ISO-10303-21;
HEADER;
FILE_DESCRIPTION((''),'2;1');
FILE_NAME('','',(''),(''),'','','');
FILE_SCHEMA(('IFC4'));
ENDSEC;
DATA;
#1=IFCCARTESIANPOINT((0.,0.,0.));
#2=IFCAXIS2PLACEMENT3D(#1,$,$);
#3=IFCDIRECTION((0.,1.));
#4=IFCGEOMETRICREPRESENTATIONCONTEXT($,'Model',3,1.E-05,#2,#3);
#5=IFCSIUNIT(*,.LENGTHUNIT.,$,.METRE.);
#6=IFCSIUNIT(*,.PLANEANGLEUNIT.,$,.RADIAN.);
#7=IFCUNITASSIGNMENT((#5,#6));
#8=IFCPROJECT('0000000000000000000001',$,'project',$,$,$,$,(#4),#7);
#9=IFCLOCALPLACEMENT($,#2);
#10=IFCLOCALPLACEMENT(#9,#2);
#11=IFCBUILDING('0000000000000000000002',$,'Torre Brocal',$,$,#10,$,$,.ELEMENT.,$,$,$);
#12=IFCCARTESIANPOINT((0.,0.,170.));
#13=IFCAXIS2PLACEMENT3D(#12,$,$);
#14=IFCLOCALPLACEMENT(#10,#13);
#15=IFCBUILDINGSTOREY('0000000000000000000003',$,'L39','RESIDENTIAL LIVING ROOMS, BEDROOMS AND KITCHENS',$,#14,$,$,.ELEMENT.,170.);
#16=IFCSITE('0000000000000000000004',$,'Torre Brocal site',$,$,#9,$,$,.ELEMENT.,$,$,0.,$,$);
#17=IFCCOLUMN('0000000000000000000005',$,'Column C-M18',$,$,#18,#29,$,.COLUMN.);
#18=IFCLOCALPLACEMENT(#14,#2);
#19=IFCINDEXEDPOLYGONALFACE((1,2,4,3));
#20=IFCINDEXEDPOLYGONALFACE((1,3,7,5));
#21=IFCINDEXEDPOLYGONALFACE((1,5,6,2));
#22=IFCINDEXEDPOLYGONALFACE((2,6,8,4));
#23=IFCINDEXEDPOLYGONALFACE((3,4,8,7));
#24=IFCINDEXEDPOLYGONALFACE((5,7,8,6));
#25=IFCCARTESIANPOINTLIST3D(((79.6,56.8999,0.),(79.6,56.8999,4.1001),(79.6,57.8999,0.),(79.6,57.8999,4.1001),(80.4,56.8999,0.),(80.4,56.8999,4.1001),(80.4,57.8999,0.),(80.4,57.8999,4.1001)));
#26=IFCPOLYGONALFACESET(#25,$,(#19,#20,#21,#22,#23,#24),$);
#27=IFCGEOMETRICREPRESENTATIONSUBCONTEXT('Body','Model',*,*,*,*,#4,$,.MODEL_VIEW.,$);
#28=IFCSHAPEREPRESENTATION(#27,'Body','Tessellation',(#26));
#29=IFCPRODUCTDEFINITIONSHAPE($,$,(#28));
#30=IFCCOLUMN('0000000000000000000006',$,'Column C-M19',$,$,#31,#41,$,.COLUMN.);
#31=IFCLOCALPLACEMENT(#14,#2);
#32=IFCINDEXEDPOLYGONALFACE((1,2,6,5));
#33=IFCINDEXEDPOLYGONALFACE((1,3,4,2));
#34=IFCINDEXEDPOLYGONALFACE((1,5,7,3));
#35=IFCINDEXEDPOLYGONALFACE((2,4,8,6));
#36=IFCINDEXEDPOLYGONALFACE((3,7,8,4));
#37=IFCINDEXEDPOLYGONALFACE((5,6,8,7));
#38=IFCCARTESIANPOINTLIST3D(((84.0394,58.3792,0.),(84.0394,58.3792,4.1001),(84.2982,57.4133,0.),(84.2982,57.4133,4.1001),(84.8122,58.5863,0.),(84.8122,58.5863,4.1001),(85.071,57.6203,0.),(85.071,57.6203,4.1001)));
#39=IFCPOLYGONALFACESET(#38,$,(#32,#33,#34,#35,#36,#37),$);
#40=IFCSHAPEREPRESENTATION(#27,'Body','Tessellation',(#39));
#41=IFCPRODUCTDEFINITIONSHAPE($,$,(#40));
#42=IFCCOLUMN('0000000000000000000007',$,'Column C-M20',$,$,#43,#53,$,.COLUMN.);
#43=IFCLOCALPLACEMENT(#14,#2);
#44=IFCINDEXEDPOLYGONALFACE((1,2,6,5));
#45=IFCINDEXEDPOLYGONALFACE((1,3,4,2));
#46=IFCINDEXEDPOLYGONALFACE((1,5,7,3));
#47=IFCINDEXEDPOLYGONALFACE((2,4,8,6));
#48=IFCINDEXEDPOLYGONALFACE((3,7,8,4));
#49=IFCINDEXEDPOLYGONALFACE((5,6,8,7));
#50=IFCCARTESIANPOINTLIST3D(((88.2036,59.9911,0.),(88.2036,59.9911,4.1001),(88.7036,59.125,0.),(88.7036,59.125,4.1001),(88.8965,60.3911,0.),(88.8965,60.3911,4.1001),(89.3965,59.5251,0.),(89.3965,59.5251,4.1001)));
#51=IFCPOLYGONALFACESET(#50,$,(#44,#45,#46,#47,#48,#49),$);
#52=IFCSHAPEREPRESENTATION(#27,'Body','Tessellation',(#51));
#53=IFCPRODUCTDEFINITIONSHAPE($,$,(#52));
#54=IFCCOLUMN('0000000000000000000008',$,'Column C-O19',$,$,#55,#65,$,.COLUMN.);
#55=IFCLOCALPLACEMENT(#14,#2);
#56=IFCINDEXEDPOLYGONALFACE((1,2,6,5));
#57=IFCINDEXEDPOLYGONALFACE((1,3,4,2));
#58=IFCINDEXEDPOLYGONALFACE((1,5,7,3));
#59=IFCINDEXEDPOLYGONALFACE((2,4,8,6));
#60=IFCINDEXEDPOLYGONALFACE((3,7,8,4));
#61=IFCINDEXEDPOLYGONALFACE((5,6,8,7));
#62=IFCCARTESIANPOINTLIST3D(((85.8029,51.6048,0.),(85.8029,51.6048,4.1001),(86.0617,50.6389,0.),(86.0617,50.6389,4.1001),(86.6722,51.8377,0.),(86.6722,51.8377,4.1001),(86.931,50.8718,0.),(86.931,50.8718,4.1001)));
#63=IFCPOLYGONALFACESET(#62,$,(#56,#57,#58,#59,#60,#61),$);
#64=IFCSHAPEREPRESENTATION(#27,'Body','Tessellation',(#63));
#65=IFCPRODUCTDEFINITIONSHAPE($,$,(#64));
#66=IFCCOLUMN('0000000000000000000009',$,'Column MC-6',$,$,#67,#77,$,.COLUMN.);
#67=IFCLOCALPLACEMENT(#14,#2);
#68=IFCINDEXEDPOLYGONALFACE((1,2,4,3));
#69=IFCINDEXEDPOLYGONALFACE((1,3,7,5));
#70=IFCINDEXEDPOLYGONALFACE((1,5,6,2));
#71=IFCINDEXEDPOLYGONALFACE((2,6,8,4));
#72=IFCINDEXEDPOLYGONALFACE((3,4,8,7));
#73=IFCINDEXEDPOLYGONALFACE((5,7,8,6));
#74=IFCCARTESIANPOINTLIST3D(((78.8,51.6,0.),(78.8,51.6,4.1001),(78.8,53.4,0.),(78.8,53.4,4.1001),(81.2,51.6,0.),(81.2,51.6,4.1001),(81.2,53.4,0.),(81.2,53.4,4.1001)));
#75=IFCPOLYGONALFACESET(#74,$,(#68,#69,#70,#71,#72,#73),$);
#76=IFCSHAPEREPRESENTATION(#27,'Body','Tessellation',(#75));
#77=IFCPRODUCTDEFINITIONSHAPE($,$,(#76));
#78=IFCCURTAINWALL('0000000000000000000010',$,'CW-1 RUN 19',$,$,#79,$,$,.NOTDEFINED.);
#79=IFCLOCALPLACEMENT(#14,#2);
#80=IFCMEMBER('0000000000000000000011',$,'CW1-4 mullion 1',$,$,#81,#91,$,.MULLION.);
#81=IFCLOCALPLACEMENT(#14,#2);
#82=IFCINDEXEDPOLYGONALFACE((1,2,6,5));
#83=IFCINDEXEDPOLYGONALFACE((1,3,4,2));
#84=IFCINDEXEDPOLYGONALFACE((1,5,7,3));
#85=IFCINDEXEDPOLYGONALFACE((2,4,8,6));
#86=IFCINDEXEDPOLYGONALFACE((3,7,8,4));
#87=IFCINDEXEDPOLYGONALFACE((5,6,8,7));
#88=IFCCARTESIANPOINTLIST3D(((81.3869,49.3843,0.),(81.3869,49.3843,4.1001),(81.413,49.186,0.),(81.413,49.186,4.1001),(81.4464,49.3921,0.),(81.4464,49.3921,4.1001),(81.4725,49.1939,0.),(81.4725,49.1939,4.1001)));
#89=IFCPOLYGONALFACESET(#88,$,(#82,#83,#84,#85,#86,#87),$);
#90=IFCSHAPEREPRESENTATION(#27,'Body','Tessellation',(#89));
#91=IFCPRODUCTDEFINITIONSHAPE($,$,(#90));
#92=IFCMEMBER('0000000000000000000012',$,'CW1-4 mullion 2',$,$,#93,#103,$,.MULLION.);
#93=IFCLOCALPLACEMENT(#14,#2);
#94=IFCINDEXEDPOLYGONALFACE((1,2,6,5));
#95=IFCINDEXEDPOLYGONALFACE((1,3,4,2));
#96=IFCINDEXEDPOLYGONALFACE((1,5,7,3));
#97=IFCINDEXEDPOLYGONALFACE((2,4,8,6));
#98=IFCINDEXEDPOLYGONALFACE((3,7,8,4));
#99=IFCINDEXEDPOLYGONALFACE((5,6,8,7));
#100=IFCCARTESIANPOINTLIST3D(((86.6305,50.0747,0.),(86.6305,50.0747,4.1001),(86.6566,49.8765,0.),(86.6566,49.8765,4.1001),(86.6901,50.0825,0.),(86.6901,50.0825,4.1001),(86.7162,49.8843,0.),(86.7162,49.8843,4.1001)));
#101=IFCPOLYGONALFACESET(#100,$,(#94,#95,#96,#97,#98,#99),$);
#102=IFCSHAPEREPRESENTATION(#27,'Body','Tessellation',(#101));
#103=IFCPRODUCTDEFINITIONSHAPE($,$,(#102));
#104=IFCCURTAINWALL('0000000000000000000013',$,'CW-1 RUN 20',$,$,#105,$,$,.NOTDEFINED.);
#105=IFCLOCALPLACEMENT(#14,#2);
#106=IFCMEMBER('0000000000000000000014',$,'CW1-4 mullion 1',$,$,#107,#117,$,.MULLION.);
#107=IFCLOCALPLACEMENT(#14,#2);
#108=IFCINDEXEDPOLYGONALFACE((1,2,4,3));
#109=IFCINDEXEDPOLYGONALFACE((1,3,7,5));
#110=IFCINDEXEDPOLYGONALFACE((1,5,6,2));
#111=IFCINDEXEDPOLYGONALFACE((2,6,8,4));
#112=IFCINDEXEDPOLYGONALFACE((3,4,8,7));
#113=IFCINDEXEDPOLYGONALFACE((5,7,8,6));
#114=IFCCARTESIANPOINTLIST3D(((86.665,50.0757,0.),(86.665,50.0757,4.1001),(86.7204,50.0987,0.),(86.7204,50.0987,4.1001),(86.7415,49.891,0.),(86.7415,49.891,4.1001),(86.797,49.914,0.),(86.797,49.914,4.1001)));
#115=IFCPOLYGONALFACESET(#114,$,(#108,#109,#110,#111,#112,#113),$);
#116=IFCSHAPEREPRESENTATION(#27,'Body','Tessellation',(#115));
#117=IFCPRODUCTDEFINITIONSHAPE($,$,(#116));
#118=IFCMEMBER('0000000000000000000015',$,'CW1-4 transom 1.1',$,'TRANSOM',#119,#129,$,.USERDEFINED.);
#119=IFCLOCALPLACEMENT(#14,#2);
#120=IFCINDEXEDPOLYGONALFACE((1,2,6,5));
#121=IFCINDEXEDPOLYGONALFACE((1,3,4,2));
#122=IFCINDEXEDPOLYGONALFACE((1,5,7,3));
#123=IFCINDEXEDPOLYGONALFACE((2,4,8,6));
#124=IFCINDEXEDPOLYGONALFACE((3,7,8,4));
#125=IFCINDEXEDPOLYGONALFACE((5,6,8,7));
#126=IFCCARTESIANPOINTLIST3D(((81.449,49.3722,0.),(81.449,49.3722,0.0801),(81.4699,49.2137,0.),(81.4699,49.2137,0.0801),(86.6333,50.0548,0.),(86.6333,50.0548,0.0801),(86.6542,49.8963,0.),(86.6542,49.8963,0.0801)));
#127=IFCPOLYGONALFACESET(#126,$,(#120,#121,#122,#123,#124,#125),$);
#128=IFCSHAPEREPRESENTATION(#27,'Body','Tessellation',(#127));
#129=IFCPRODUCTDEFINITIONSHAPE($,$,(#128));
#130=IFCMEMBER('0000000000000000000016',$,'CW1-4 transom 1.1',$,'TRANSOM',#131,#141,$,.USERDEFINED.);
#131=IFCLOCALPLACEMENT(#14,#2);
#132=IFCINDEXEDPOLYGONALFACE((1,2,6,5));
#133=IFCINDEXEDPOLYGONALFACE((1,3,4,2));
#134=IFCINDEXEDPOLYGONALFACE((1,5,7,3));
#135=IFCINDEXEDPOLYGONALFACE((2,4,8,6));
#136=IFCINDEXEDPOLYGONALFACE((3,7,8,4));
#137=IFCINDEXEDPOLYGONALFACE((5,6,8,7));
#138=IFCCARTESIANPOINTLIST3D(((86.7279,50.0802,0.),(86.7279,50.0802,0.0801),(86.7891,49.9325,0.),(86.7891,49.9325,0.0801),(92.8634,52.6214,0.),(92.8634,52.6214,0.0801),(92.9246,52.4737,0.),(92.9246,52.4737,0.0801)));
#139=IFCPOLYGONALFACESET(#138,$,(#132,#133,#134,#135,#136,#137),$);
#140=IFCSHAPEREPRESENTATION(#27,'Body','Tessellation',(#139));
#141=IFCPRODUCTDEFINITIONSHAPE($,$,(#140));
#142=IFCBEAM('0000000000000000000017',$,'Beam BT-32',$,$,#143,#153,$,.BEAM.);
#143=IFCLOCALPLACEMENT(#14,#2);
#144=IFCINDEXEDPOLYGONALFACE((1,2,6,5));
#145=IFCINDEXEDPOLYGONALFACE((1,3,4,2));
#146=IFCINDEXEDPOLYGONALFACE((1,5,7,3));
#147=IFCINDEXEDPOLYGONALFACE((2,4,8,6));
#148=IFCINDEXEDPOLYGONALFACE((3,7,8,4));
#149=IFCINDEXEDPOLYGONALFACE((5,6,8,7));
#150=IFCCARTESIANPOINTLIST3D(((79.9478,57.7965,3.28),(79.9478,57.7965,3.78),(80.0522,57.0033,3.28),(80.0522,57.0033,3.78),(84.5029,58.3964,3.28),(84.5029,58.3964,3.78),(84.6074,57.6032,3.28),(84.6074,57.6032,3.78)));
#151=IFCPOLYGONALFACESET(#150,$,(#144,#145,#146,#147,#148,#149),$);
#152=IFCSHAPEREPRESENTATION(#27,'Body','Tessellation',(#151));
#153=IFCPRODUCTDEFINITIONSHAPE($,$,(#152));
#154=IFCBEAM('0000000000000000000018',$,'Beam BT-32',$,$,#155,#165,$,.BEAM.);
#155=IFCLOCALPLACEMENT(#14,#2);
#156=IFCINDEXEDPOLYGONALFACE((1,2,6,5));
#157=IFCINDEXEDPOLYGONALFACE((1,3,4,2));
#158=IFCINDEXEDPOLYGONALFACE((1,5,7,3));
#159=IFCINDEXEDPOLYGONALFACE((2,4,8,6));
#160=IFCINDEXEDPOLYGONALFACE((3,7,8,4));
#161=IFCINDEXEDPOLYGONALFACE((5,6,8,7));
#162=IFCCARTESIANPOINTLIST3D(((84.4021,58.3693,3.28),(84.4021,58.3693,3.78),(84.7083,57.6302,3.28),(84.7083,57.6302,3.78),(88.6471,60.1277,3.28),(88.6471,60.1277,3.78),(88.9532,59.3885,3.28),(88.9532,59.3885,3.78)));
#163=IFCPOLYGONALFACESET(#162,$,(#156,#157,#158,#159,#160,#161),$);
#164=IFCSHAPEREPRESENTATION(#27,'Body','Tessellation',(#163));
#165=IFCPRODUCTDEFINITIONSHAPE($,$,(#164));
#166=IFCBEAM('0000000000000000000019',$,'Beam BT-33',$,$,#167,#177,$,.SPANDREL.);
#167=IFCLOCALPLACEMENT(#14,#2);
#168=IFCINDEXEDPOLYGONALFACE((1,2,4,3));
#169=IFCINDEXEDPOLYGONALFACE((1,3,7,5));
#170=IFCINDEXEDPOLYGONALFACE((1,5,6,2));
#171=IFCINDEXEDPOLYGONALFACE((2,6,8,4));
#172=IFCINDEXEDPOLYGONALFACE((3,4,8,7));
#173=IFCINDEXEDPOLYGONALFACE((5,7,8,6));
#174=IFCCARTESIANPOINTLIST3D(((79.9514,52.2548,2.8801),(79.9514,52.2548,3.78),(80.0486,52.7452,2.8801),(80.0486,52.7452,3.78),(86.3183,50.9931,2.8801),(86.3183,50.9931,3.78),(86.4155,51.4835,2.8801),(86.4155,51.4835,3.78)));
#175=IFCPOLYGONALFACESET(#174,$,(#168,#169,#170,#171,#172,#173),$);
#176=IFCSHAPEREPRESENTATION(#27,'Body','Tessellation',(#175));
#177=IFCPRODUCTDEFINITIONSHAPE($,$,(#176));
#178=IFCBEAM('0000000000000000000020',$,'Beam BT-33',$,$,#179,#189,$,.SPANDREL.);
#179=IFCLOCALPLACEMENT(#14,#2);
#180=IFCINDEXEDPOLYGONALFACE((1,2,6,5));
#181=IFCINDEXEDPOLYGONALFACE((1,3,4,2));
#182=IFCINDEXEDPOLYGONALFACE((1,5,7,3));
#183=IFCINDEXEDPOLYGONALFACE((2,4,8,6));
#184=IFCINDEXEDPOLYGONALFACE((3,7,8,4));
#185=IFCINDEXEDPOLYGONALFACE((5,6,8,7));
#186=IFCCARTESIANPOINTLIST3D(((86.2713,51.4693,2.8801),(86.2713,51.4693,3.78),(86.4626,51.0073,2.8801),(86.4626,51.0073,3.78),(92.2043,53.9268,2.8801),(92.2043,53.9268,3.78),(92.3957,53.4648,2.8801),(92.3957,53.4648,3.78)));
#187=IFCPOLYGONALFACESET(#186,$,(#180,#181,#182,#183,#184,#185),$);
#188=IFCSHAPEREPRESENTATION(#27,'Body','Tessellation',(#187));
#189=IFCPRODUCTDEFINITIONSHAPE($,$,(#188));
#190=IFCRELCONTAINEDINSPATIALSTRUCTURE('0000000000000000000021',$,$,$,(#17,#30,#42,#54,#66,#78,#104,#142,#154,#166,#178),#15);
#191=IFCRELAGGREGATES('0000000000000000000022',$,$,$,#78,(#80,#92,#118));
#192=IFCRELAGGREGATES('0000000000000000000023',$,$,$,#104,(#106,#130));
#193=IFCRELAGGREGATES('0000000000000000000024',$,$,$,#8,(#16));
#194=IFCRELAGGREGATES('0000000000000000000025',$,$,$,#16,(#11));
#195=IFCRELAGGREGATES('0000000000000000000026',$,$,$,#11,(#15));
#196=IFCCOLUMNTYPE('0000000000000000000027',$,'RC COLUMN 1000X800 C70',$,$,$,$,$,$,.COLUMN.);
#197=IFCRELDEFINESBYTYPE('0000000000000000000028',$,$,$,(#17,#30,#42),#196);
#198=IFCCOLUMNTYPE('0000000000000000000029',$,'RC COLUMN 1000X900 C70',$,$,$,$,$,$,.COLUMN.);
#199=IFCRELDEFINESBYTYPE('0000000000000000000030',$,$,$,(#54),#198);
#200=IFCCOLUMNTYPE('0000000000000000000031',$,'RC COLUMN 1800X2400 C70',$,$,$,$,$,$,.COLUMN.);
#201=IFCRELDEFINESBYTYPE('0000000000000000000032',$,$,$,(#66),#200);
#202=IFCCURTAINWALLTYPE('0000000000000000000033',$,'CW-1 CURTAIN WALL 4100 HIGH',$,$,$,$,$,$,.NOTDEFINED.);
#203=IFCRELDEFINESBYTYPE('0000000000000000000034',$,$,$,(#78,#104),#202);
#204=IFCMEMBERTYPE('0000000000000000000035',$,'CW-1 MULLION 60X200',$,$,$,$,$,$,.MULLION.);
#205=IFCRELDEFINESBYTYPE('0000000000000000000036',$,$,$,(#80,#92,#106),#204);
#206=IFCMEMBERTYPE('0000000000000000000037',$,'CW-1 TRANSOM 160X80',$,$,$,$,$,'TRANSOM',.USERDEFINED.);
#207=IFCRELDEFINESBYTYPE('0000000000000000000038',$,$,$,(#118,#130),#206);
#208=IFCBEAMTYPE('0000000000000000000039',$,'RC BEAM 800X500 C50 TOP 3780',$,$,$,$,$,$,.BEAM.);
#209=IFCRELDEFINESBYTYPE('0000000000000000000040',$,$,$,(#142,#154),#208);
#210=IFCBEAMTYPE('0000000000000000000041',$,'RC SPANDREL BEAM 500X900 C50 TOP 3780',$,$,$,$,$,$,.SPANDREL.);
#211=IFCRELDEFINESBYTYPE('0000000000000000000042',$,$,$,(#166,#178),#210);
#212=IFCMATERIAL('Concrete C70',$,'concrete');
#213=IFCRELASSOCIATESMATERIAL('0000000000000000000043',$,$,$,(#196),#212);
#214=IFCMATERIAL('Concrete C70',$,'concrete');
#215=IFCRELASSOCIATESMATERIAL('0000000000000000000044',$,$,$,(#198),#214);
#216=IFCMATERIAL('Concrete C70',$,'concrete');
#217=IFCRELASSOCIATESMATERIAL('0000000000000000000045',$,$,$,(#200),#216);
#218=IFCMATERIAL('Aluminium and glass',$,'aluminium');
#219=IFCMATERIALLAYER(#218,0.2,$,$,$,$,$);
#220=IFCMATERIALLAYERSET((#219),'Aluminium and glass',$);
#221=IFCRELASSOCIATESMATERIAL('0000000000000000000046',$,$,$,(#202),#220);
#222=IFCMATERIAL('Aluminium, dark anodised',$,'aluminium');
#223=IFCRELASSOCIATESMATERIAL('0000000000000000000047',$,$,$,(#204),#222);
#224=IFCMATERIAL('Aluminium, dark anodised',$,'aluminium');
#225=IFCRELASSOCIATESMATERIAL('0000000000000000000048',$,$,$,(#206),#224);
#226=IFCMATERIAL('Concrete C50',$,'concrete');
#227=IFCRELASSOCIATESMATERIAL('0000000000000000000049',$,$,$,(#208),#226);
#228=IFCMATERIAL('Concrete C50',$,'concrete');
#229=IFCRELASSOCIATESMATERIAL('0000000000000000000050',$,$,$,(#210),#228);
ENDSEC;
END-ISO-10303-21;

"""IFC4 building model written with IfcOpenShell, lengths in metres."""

from ifc_helpers import new_model, si_unit, direction, frame, origin, origin_2d, place, context, subcontext, project, spatial, rectangle, extrude, material, layer, layer_set, material_profile, profile_set, type_object, element, aggregate, save


model = new_model("IFC4")

# Units and contexts
model_context = context("Model", 3, precision=1e-05, world=origin(), true_north=direction((0.0, 1.0)))
body_context = subcontext(model_context, "Body", "Model", "MODEL_VIEW")
ifc_project = project(units=[si_unit("LENGTHUNIT", "METRE"), si_unit("PLANEANGLEUNIT", "RADIAN")], contexts=[model_context])

# Site, building, storey
site_placement = place(None, origin())
site = spatial("IfcSite", under=ifc_project, at=site_placement, Name="Torre Brocal site", CompositionType="ELEMENT", RefElevation=0.0)
building_placement = place(site_placement, origin())
building = spatial("IfcBuilding", under=site, at=building_placement, Name="Torre Brocal", CompositionType="ELEMENT")
storey_placement = place(building_placement, frame((0.0, 0.0, 170.0)))
storey = spatial("IfcBuildingStorey", under=building, at=storey_placement, Name="L39", Description="RESIDENTIAL LIVING ROOMS, BEDROOMS AND KITCHENS", CompositionType="ELEMENT", Elevation=170.0)

# Columns
ifc_material_1 = material(Name="Concrete C70", Category="concrete")
ifc_material_profile_1 = material_profile(ifc_material_1, rectangle(XDim=1.0, YDim=0.8, at=origin_2d()), Name="RC 1000X800")
ifc_profile_set_1 = profile_set([ifc_material_profile_1], Name="Concrete C70")
column_type_1 = type_object("IfcColumnType", Name="RC COLUMN 1000X800 C70", PredefinedType="COLUMN", material=ifc_profile_set_1)
for number, where, z_axis, x_axis, name in (
    (1, (80.0, 57.3999, 0.0), (0.0, 0.0, 1.0), (0.0, -1.0, 0.0), "Column C-M18"),
    (2, (84.5552, 57.9998, 0.0), (0.0, 0.0, 1.0), (0.258819, -0.965926, 0.0), "Column C-M19"),
    (3, (88.8, 59.7581, 0.0), (0.0, 0.0, 1.0), (0.5, -0.866025, 0.0), "Column C-M20"),
):
    element("IfcColumn", number, at=place(storey_placement, frame(where, z_axis=z_axis, x_axis=x_axis)), inside=storey, type_object=column_type_1, Name=name, PredefinedType="COLUMN", context=body_context, shape_type="SweptSolid", body=[
        extrude(rectangle(XDim=1.0, YDim=0.8, at=origin_2d()), origin(), (0.0, 0.0, 1.0), 4.1001),
    ])
ifc_material_2 = material(Name="Concrete C70", Category="concrete")
ifc_material_profile_2 = material_profile(ifc_material_2, rectangle(XDim=1.0, YDim=0.8999, at=origin_2d()), Name="RC 1000X900")
ifc_profile_set_2 = profile_set([ifc_material_profile_2], Name="Concrete C70")
column_type_2 = type_object("IfcColumnType", Name="RC COLUMN 1000X900 C70", PredefinedType="COLUMN", material=ifc_profile_set_2)
column_1_placement = place(storey_placement, frame((86.3669, 51.2383, 0.0), z_axis=(0.0, 0.0, 1.0), x_axis=(0.258819, -0.965926, 0.0)))
element("IfcColumn", 4, at=column_1_placement, inside=storey, type_object=column_type_2, Name="Column C-O19", PredefinedType="COLUMN", context=body_context, shape_type="SweptSolid", body=[
    extrude(rectangle(XDim=1.0, YDim=0.8999, at=origin_2d()), origin(), (0.0, 0.0, 1.0), 4.1001),
])
ifc_material_3 = material(Name="Concrete C70", Category="concrete")
ifc_material_profile_3 = material_profile(ifc_material_3, rectangle(XDim=1.8, YDim=2.3999, at=origin_2d()), Name="RC 1800X2400")
ifc_profile_set_3 = profile_set([ifc_material_profile_3], Name="Concrete C70")
column_type_3 = type_object("IfcColumnType", Name="RC COLUMN 1800X2400 C70", PredefinedType="COLUMN", material=ifc_profile_set_3)
column_2_placement = place(storey_placement, frame((80.0, 52.5, 0.0), z_axis=(0.0, 0.0, 1.0), x_axis=(0.0, -1.0, 0.0)))
element("IfcColumn", 5, at=column_2_placement, inside=storey, type_object=column_type_3, Name="Column MC-6", PredefinedType="COLUMN", context=body_context, shape_type="SweptSolid", body=[
    extrude(rectangle(XDim=1.8, YDim=2.3999, at=origin_2d()), origin(), (0.0, 0.0, 1.0), 4.1001),
])

# Curtain wall, members
ifc_material_4 = material(Name="Aluminium and glass", Category="aluminium")
ifc_layer_1 = layer(ifc_material_4, 0.2)
ifc_layer_set_1 = layer_set([ifc_layer_1], Name="Aluminium and glass")
curtain_wall_type = type_object("IfcCurtainWallType", Name="CW-1 CURTAIN WALL 4100 HIGH", PredefinedType="NOTDEFINED", material=ifc_layer_set_1)
curtain_wall_1_placement = place(storey_placement, origin())
curtain_wall_1 = element("IfcCurtainWall", 6, at=curtain_wall_1_placement, inside=storey, type_object=curtain_wall_type, Name="CW-1 RUN 19", PredefinedType="NOTDEFINED")
ifc_material_5 = material(Name="Aluminium, dark anodised", Category="aluminium")
ifc_material_profile_4 = material_profile(ifc_material_5, rectangle(XDim=0.2, YDim=0.0601, at=origin_2d()), Name="CW-1 MULLION 60X200")
ifc_profile_set_4 = profile_set([ifc_material_profile_4], Name="Aluminium, dark anodised")
member_type_1 = type_object("IfcMemberType", Name="CW-1 MULLION 60X200", PredefinedType="MULLION", material=ifc_profile_set_4)
member_1_placement = place(storey_placement, frame((81.4297, 49.2891, 0.0), z_axis=(0.0, 0.0, 1.0), x_axis=(-0.130526, 0.991445, 0.0)))
member_1 = element("IfcMember", 7, at=member_1_placement, type_object=member_type_1, Name="CW1-4 mullion 1", PredefinedType="MULLION", context=body_context, shape_type="SweptSolid", body=[
    extrude(rectangle(XDim=0.2, YDim=0.0601, at=origin_2d()), origin(), (0.0, 0.0, 1.0), 4.1001),
])
member_2_placement = place(storey_placement, frame((86.6733, 49.9795, 0.0), z_axis=(0.0, 0.0, 1.0), x_axis=(-0.130526, 0.991445, 0.0)))
member_2 = element("IfcMember", 8, at=member_2_placement, type_object=member_type_1, Name="CW1-4 mullion 2", PredefinedType="MULLION", context=body_context, shape_type="SweptSolid", body=[
    extrude(rectangle(XDim=0.2, YDim=0.0601, at=origin_2d()), origin(), (0.0, 0.0, 1.0), 4.1001),
])

# Curtain wall, member
curtain_wall_2_placement = place(storey_placement, origin())
curtain_wall_2 = element("IfcCurtainWall", 9, at=curtain_wall_2_placement, inside=storey, type_object=curtain_wall_type, Name="CW-1 RUN 20", PredefinedType="NOTDEFINED")
member_3_placement = place(storey_placement, frame((86.731, 49.9949, 0.0), z_axis=(0.0, 0.0, 1.0), x_axis=(-0.382683, 0.92388, 0.0)))
member_3 = element("IfcMember", 10, at=member_3_placement, type_object=member_type_1, Name="CW1-4 mullion 1", PredefinedType="MULLION", context=body_context, shape_type="SweptSolid", body=[
    extrude(rectangle(XDim=0.2, YDim=0.0601, at=origin_2d()), origin(), (0.0, 0.0, 1.0), 4.1001),
])

# Members
ifc_material_6 = material(Name="Aluminium, dark anodised", Category="aluminium")
ifc_material_profile_5 = material_profile(ifc_material_6, rectangle(XDim=0.1599, YDim=0.0801, at=origin_2d()), Name="CW-1 TRANSOM 160X80")
ifc_profile_set_5 = profile_set([ifc_material_profile_5], Name="Aluminium, dark anodised")
member_type_2 = type_object("IfcMemberType", Name="CW-1 TRANSOM 160X80", ElementType="TRANSOM", PredefinedType="USERDEFINED", material=ifc_profile_set_5)
member_4_placement = place(storey_placement, frame((81.4595, 49.293, 0.04), z_axis=(0.991443, 0.130543, 0.0), x_axis=(-0.130543, 0.991443, 0.0)))
member_4 = element("IfcMember", 11, at=member_4_placement, type_object=member_type_2, Name="CW1-4 transom 1.1", ObjectType="TRANSOM", PredefinedType="USERDEFINED", context=body_context, shape_type="SweptSolid", body=[
    extrude(rectangle(XDim=0.1599, YDim=0.0801, at=origin_2d()), origin(), (0.0, 0.0, 1.0), 5.229),
])
member_5_placement = place(storey_placement, frame((86.7585, 50.0063, 0.04), z_axis=(0.923887, 0.382665, 0.0), x_axis=(-0.382665, 0.923887, 0.0)))
member_5 = element("IfcMember", 12, at=member_5_placement, type_object=member_type_2, Name="CW1-4 transom 1.1", ObjectType="TRANSOM", PredefinedType="USERDEFINED", context=body_context, shape_type="SweptSolid", body=[
    extrude(rectangle(XDim=0.1599, YDim=0.0801, at=origin_2d()), origin(), (0.0, 0.0, 1.0), 6.6409),
])

# Beams
ifc_material_7 = material(Name="Concrete C50", Category="concrete")
ifc_material_profile_6 = material_profile(ifc_material_7, rectangle(XDim=0.8, YDim=0.5, at=origin_2d()), Name="RC 800X500")
ifc_profile_set_6 = profile_set([ifc_material_profile_6], Name="Concrete C50")
beam_type_1 = type_object("IfcBeamType", Name="RC BEAM 800X500 C50 TOP 3780", PredefinedType="BEAM", material=ifc_profile_set_6)
beam_1_placement = place(storey_placement, frame((80.0, 57.3999, 3.53), z_axis=(0.991441, 0.130559, 0.0), x_axis=(-0.130559, 0.991441, 0.0)))
element("IfcBeam", 13, at=beam_1_placement, inside=storey, type_object=beam_type_1, Name="Beam BT-32", PredefinedType="BEAM", context=body_context, shape_type="SweptSolid", body=[
    extrude(rectangle(XDim=0.8, YDim=0.5, at=origin_2d()), origin(), (0.0, 0.0, 1.0), 4.5945),
])
beam_2_placement = place(storey_placement, frame((84.5552, 57.9998, 3.53), z_axis=(0.923878, 0.382687, 0.0), x_axis=(-0.382687, 0.923878, 0.0)))
element("IfcBeam", 14, at=beam_2_placement, inside=storey, type_object=beam_type_1, Name="Beam BT-32", PredefinedType="BEAM", context=body_context, shape_type="SweptSolid", body=[
    extrude(rectangle(XDim=0.8, YDim=0.5, at=origin_2d()), origin(), (0.0, 0.0, 1.0), 4.5947),
])
ifc_material_8 = material(Name="Concrete C50", Category="concrete")
ifc_material_profile_7 = material_profile(ifc_material_8, rectangle(XDim=0.5, YDim=0.8999, at=origin_2d()), Name="RC 500X900")
ifc_profile_set_7 = profile_set([ifc_material_profile_7], Name="Concrete C50")
beam_type_2 = type_object("IfcBeamType", Name="RC SPANDREL BEAM 500X900 C50 TOP 3780", PredefinedType="SPANDREL", material=ifc_profile_set_7)
beam_3_placement = place(storey_placement, frame((80.0, 52.5, 3.3301), z_axis=(0.980925, -0.194387, 0.0), x_axis=(0.194387, 0.980925, 0.0)))
element("IfcBeam", 15, at=beam_3_placement, inside=storey, type_object=beam_type_2, Name="Beam BT-33", PredefinedType="SPANDREL", context=body_context, shape_type="SweptSolid", body=[
    extrude(rectangle(XDim=0.5, YDim=0.8999, at=origin_2d()), origin(), (0.0, 0.0, 1.0), 6.4907),
])
beam_4_placement = place(storey_placement, frame((86.3669, 51.2383, 3.3301), z_axis=(0.923882, 0.382676, 0.0), x_axis=(-0.382676, 0.923882, 0.0)))
element("IfcBeam", 16, at=beam_4_placement, inside=storey, type_object=beam_type_2, Name="Beam BT-33", PredefinedType="SPANDREL", context=body_context, shape_type="SweptSolid", body=[
    extrude(rectangle(XDim=0.5, YDim=0.8999, at=origin_2d()), origin(), (0.0, 0.0, 1.0), 6.4219),
])

aggregate(curtain_wall_1, [member_1, member_2, member_4])
aggregate(curtain_wall_2, [member_3, member_5])

save(model, "model.ifc")
